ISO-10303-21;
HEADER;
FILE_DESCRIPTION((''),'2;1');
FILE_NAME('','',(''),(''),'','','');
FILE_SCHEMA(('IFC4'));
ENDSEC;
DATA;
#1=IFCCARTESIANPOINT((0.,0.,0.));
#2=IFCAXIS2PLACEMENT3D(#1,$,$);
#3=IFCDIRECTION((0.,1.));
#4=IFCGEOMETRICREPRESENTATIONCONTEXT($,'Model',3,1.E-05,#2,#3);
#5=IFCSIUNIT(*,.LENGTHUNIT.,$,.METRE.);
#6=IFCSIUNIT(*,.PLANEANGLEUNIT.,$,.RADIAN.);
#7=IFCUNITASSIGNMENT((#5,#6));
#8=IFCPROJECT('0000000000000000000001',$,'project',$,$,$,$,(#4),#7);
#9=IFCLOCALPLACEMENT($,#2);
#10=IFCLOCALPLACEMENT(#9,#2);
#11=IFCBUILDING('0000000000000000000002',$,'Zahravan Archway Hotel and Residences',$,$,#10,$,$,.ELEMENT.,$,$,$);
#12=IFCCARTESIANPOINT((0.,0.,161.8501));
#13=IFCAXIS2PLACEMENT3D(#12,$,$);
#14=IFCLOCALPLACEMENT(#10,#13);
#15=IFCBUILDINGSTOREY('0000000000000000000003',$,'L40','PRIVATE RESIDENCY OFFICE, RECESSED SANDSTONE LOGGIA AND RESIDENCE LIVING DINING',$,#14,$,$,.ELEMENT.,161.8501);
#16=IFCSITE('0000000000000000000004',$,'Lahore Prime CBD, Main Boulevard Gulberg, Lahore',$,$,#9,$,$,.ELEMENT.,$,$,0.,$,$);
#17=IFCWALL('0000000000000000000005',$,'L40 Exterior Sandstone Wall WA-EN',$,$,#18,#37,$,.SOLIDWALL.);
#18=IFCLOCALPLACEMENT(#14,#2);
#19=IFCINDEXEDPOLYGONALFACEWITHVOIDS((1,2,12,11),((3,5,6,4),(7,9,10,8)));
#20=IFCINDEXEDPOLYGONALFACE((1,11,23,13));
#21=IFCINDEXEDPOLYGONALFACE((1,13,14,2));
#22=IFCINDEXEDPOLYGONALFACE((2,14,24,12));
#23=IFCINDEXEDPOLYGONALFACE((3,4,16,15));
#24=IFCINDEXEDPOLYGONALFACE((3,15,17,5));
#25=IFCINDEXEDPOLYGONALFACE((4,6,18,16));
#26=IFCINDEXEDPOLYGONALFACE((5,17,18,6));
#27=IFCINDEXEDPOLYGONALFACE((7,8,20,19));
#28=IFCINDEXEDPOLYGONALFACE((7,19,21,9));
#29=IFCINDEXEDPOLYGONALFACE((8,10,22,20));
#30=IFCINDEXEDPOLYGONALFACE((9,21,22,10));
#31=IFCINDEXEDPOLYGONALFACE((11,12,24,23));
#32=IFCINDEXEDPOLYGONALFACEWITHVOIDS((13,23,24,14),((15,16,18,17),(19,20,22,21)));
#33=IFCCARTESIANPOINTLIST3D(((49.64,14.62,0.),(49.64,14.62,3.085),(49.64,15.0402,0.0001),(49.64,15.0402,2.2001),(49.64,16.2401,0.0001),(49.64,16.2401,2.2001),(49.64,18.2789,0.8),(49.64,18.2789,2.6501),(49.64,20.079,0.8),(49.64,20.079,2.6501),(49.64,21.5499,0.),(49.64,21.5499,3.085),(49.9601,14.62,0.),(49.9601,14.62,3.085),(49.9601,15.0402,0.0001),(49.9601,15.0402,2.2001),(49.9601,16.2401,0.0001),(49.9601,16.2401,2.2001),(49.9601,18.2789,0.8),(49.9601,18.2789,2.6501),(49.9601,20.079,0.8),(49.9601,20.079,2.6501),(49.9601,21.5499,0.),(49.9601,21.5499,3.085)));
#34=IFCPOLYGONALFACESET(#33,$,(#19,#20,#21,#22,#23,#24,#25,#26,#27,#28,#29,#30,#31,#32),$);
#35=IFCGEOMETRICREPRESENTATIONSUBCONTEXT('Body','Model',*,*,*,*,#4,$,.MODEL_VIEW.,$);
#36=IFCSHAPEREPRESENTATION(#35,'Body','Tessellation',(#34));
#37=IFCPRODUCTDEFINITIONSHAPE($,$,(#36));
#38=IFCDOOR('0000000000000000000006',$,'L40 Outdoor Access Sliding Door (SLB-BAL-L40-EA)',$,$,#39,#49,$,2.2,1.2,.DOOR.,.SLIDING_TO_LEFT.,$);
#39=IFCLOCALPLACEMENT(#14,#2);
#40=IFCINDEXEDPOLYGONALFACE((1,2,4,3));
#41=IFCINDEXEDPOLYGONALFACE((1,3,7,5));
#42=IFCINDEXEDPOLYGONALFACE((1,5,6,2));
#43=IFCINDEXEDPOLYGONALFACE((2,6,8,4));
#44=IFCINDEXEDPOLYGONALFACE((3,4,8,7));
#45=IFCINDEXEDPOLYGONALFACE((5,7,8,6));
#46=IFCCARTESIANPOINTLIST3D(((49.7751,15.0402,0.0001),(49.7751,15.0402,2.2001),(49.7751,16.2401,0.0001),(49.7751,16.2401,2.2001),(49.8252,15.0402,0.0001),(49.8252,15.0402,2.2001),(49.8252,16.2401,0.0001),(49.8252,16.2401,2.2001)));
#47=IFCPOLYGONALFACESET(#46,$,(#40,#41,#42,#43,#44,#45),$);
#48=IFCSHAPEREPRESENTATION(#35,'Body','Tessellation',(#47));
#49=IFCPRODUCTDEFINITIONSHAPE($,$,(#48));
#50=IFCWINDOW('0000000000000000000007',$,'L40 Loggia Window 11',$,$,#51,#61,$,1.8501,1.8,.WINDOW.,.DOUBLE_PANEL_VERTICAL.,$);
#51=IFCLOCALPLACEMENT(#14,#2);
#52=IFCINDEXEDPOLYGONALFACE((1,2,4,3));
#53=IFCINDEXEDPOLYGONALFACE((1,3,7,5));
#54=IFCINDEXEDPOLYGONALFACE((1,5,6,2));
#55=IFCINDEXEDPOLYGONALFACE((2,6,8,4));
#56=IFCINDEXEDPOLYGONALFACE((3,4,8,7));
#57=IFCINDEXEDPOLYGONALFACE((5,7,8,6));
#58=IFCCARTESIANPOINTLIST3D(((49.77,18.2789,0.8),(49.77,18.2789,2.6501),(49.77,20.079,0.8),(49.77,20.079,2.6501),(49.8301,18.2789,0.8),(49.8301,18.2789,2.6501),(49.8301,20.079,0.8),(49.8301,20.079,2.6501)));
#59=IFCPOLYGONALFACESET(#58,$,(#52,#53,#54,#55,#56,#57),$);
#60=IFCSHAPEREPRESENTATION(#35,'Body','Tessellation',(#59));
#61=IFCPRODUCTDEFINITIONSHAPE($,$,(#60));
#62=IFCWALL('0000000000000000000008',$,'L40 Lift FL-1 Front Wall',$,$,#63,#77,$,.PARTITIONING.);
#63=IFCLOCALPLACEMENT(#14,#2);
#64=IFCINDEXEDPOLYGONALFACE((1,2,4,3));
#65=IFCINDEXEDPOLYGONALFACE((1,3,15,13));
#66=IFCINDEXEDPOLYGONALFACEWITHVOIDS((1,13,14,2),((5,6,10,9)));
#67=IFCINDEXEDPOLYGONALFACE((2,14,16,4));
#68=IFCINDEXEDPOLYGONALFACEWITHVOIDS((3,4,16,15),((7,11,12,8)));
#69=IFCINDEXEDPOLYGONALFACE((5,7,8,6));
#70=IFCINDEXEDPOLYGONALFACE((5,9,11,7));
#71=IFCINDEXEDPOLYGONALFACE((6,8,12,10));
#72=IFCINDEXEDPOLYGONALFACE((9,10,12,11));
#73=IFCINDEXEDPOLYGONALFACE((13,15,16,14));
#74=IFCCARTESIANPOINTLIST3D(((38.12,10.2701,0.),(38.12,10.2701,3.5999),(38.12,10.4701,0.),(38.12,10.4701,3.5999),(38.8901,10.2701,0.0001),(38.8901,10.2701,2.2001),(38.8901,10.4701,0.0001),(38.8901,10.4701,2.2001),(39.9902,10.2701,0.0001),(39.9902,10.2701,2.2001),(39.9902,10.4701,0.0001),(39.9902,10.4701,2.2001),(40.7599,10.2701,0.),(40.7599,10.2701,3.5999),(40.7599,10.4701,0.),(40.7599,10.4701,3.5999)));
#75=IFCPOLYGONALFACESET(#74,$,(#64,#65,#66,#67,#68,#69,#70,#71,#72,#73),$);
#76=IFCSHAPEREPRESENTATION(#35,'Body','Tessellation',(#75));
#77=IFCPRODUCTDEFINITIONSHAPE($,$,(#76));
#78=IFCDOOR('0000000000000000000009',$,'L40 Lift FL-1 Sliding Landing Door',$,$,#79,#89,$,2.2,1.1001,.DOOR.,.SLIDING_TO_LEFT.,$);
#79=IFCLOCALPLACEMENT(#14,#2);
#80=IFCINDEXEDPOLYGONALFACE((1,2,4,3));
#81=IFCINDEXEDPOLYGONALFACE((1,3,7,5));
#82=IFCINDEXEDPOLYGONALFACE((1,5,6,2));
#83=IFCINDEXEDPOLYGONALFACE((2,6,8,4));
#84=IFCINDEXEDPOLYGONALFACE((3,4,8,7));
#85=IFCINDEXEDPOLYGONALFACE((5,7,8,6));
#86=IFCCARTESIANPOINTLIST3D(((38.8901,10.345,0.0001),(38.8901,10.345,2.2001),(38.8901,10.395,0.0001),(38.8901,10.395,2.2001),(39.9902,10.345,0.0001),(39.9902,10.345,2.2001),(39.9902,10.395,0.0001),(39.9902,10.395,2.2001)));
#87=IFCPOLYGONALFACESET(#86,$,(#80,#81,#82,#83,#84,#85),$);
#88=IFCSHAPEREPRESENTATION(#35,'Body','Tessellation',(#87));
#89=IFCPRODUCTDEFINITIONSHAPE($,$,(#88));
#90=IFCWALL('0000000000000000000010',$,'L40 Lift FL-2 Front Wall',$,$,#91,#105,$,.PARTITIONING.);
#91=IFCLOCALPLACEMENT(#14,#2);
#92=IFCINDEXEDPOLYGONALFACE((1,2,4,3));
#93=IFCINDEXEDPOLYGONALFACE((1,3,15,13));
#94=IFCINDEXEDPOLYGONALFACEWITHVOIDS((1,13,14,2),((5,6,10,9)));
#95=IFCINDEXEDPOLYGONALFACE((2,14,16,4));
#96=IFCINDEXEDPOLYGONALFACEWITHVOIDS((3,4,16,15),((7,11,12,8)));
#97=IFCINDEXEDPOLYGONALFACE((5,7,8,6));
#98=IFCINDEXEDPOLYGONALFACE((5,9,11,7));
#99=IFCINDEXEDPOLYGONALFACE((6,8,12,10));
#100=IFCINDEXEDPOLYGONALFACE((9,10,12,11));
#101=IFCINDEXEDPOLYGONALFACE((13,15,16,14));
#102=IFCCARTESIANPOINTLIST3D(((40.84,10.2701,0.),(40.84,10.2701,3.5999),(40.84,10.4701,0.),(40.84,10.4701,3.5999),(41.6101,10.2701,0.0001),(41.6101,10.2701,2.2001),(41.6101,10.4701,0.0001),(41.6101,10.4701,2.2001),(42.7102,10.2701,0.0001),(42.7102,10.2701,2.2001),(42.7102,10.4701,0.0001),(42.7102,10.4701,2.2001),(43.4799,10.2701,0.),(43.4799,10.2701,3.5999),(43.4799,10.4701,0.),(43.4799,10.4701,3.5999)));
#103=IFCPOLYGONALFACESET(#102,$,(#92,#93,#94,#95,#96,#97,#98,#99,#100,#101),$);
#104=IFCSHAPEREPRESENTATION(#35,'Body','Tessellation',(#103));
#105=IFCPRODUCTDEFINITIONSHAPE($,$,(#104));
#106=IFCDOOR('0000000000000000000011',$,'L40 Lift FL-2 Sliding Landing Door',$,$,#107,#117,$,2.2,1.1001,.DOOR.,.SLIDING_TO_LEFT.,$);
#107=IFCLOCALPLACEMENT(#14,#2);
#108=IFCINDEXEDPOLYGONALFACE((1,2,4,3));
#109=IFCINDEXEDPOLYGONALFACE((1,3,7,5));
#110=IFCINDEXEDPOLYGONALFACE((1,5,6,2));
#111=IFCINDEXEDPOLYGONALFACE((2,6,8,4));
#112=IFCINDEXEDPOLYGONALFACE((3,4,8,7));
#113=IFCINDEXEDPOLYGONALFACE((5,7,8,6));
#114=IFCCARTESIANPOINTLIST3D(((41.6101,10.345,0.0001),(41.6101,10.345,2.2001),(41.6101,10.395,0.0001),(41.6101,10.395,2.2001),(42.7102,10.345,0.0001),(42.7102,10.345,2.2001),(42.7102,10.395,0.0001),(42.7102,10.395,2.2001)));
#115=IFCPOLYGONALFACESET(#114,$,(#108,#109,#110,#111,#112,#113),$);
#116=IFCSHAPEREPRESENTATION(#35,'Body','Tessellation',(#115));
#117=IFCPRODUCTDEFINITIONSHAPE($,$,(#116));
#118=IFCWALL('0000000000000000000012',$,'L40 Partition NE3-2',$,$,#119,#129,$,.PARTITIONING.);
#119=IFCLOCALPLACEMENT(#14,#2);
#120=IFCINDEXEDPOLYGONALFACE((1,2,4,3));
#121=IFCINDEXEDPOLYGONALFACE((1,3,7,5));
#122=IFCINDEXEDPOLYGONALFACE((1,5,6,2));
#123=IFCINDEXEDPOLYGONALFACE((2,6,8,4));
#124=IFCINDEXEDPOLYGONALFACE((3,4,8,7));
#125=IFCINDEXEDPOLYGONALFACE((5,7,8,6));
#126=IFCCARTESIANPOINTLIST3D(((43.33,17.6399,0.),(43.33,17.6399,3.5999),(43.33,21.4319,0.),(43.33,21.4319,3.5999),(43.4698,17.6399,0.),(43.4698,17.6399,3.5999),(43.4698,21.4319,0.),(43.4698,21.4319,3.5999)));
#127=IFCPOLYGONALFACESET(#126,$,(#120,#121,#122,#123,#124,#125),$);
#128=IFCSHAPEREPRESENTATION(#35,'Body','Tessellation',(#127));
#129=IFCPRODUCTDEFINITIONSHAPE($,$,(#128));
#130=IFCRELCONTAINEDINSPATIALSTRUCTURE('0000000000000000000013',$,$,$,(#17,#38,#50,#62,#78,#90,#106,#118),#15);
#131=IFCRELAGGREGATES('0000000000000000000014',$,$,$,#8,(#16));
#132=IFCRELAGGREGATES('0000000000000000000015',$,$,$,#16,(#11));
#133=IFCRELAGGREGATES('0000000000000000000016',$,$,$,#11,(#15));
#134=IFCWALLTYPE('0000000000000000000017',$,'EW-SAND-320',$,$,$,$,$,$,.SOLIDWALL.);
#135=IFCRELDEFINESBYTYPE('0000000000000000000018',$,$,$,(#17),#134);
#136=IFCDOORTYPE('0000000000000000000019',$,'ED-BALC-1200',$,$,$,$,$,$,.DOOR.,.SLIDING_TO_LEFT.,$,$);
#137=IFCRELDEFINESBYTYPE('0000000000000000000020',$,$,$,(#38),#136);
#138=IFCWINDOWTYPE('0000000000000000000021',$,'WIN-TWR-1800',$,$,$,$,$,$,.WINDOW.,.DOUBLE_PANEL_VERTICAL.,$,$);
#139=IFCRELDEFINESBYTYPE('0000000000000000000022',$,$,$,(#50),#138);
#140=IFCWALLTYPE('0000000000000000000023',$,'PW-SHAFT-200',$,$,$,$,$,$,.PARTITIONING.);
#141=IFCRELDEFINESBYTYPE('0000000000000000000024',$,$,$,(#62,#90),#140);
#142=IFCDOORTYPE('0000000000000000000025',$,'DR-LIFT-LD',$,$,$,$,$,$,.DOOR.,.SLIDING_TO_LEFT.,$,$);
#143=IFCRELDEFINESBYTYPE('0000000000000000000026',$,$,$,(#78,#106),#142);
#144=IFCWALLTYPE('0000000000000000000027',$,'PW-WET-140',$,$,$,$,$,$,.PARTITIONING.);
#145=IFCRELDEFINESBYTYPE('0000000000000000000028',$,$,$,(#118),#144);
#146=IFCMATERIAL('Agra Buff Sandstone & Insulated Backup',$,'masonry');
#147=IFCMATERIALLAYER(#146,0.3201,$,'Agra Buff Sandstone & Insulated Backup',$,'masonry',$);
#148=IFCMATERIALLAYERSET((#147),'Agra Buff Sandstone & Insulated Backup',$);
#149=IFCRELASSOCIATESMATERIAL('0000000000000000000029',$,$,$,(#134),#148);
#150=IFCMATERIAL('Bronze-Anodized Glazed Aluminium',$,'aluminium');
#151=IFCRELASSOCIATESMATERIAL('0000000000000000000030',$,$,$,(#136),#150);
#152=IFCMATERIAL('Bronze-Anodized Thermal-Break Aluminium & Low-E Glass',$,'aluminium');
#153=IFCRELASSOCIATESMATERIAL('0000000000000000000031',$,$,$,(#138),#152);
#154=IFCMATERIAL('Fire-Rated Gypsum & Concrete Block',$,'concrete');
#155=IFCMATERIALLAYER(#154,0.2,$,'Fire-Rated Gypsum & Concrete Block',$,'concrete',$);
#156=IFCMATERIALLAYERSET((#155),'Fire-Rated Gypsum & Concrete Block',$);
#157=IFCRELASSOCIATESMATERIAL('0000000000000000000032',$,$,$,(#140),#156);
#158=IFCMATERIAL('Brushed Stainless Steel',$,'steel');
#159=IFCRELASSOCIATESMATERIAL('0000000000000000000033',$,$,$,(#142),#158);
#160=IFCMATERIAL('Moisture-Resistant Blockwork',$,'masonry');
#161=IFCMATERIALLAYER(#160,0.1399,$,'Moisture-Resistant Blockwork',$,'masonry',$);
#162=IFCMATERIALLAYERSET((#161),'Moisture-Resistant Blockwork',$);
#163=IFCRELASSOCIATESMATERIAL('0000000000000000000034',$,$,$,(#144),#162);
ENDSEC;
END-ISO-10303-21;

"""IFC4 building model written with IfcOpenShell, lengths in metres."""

from ifc_helpers import new_model, si_unit, direction, frame, frame_2d, origin, place, context, subcontext, project, spatial, rectangle, extrude, source, transform, mapped, material, layer, layer_set, type_object, type_shapes, element, fill, save


model = new_model("IFC4")

# Units and contexts
model_context = context("Model", 3, precision=1e-05, world=origin(), true_north=direction((0.0, 1.0)))
body_context = subcontext(model_context, "Body", "Model", "MODEL_VIEW")
ifc_project = project(units=[si_unit("LENGTHUNIT", "METRE"), si_unit("PLANEANGLEUNIT", "RADIAN")], contexts=[model_context])

# Site, building, storey
site_placement = place(None, origin())
site = spatial("IfcSite", under=ifc_project, at=site_placement, Name="Lahore Prime CBD, Main Boulevard Gulberg, Lahore", CompositionType="ELEMENT", RefElevation=0.0)
building_placement = place(site_placement, origin())
building = spatial("IfcBuilding", under=site, at=building_placement, Name="Zahravan Archway Hotel and Residences", CompositionType="ELEMENT")
storey_placement = place(building_placement, frame((0.0, 0.0, 161.8501)))
storey = spatial("IfcBuildingStorey", under=building, at=storey_placement, Name="L40", Description="PRIVATE RESIDENCY OFFICE, RECESSED SANDSTONE LOGGIA AND RESIDENCE LIVING DINING", CompositionType="ELEMENT", Elevation=161.8501)

# Wall, openings, door, window
ifc_material_1 = material(Name="Agra Buff Sandstone & Insulated Backup", Category="masonry")
ifc_layer_1 = layer(ifc_material_1, 0.3201, Name="Agra Buff Sandstone & Insulated Backup", Category="masonry")
ifc_layer_set_1 = layer_set([ifc_layer_1], Name="Agra Buff Sandstone & Insulated Backup")
wall_type_1 = type_object("IfcWallType", Name="EW-SAND-320", PredefinedType="SOLIDWALL", material=ifc_layer_set_1)
wall_1_placement = place(storey_placement, frame((49.8, 14.6201, 0.0), z_axis=(0.0, 0.0, 1.0), x_axis=(0.0, 1.0, 0.0)))
wall_1 = element("IfcWall", 1, at=wall_1_placement, inside=storey, type_object=wall_type_1, Name="L40 Exterior Sandstone Wall WA-EN", PredefinedType="SOLIDWALL", context=body_context, shape_type="SweptSolid", body=[
    extrude(rectangle(XDim=6.9299, YDim=0.3201, at=frame_2d((3.4648, 0.0))), origin(), (0.0, 0.0, 1.0), 3.085),
])
opening_1_placement = place(wall_1_placement, frame((0.4199, 0.0, 0.0)))
opening_1 = element("IfcOpeningElement", 2, at=opening_1_placement, cuts=wall_1, PredefinedType="OPENING", context=body_context, shape_type="SweptSolid", body=[
    extrude(rectangle(XDim=1.2, YDim=2.2, at=frame_2d((0.6001, 1.1001))), frame((0.0, 0.1699, 0.0), z_axis=(0.0, -1.0, 0.0), x_axis=(1.0, 0.0, 0.0)), (0.0, 0.0, 1.0), 0.3401),
])
opening_2_placement = place(wall_1_placement, frame((3.6589, 0.0, 0.8)))
opening_2 = element("IfcOpeningElement", 3, at=opening_2_placement, cuts=wall_1, PredefinedType="OPENING", context=body_context, shape_type="SweptSolid", body=[
    extrude(rectangle(XDim=1.8, YDim=1.8501, at=frame_2d((0.8999, 0.925))), frame((0.0, 0.1699, 0.0), z_axis=(0.0, -1.0, 0.0), x_axis=(1.0, 0.0, 0.0)), (0.0, 0.0, 1.0), 0.3401),
])
ifc_material_2 = material(Name="Bronze-Anodized Glazed Aluminium", Category="aluminium")
door_type_1 = type_object("IfcDoorType", Name="ED-BALC-1200", OperationType="SLIDING_TO_LEFT", PredefinedType="DOOR", material=ifc_material_2)
shared_shape_1 = source(origin(), body_context, "Body", "SweptSolid", [
    extrude(rectangle(XDim=1.2, YDim=2.2, at=frame_2d((0.6001, 1.1001))), frame((0.0, 0.0249, 0.0), z_axis=(0.0, -1.0, 0.0), x_axis=(1.0, 0.0, 0.0)), (0.0, 0.0, 1.0), 0.05),
])
type_shapes(door_type_1, [shared_shape_1])
door_1_placement = place(opening_1_placement, origin())
door_1 = element("IfcDoor", 4, at=door_1_placement, inside=storey, type_object=door_type_1, Name="L40 Outdoor Access Sliding Door (SLB-BAL-L40-EA)", OperationType="SLIDING_TO_LEFT", OverallHeight=2.2, OverallWidth=1.2, PredefinedType="DOOR", context=body_context, shape_type="MappedRepresentation", body=[
    mapped(shared_shape_1, transform((0.0, 0.0, 0.0), scale=1.0)),
])
fill(opening_1, door_1)
ifc_material_3 = material(Name="Bronze-Anodized Thermal-Break Aluminium & Low-E Glass", Category="aluminium")
window_type = type_object("IfcWindowType", Name="WIN-TWR-1800", PartitioningType="DOUBLE_PANEL_VERTICAL", PredefinedType="WINDOW", material=ifc_material_3)
shared_shape_2 = source(origin(), body_context, "Body", "SweptSolid", [
    extrude(rectangle(XDim=1.8, YDim=1.8501, at=frame_2d((0.8999, 0.925))), frame((0.0, 0.03, 0.0), z_axis=(0.0, -1.0, 0.0), x_axis=(1.0, 0.0, 0.0)), (0.0, 0.0, 1.0), 0.0601),
])
type_shapes(window_type, [shared_shape_2])
window_placement = place(opening_2_placement, origin())
window = element("IfcWindow", 5, at=window_placement, inside=storey, type_object=window_type, Name="L40 Loggia Window 11", OverallHeight=1.8501, OverallWidth=1.8, PartitioningType="DOUBLE_PANEL_VERTICAL", PredefinedType="WINDOW", context=body_context, shape_type="MappedRepresentation", body=[
    mapped(shared_shape_2, transform((0.0, 0.0, 0.0), scale=1.0)),
])
fill(opening_2, window)

# Walls, openings, doors
ifc_material_4 = material(Name="Fire-Rated Gypsum & Concrete Block", Category="concrete")
ifc_layer_2 = layer(ifc_material_4, 0.2, Name="Fire-Rated Gypsum & Concrete Block", Category="concrete")
ifc_layer_set_2 = layer_set([ifc_layer_2], Name="Fire-Rated Gypsum & Concrete Block")
wall_type_2 = type_object("IfcWallType", Name="PW-SHAFT-200", PredefinedType="PARTITIONING", material=ifc_layer_set_2)
wall_2_placement = place(storey_placement, frame((38.1201, 10.3701, 0.0), z_axis=(0.0, 0.0, 1.0), x_axis=(1.0, 0.0, 0.0)))
wall_2 = element("IfcWall", 6, at=wall_2_placement, inside=storey, type_object=wall_type_2, Name="L40 Lift FL-1 Front Wall", PredefinedType="PARTITIONING", context=body_context, shape_type="SweptSolid", body=[
    extrude(rectangle(XDim=2.6399, YDim=0.2, at=frame_2d((1.3198, 0.0))), origin(), (0.0, 0.0, 1.0), 3.5999),
])
opening_3_placement = place(wall_2_placement, frame((0.77, 0.0, 0.0)))
opening_3 = element("IfcOpeningElement", 7, at=opening_3_placement, cuts=wall_2, PredefinedType="OPENING", context=body_context, shape_type="SweptSolid", body=[
    extrude(rectangle(XDim=1.1001, YDim=2.2, at=frame_2d((0.55, 1.1001))), frame((0.0, 0.1099, 0.0), z_axis=(0.0, -1.0, 0.0), x_axis=(1.0, 0.0, 0.0)), (0.0, 0.0, 1.0), 0.22),
])
ifc_material_5 = material(Name="Brushed Stainless Steel", Category="steel")
door_type_2 = type_object("IfcDoorType", Name="DR-LIFT-LD", OperationType="SLIDING_TO_LEFT", PredefinedType="DOOR", material=ifc_material_5)
shared_shape_3 = source(origin(), body_context, "Body", "SweptSolid", [
    extrude(rectangle(XDim=1.1001, YDim=2.2, at=frame_2d((0.55, 1.1001))), frame((0.0, 0.0249, 0.0), z_axis=(0.0, -1.0, 0.0), x_axis=(1.0, 0.0, 0.0)), (0.0, 0.0, 1.0), 0.05),
])
type_shapes(door_type_2, [shared_shape_3])
door_2_placement = place(opening_3_placement, origin())
door_2 = element("IfcDoor", 8, at=door_2_placement, inside=storey, type_object=door_type_2, Name="L40 Lift FL-1 Sliding Landing Door", OperationType="SLIDING_TO_LEFT", OverallHeight=2.2, OverallWidth=1.1001, PredefinedType="DOOR", context=body_context, shape_type="MappedRepresentation", body=[
    mapped(shared_shape_3, transform((0.0, 0.0, 0.0), scale=1.0)),
])
fill(opening_3, door_2)
wall_3_placement = place(storey_placement, frame((40.8401, 10.3701, 0.0), z_axis=(0.0, 0.0, 1.0), x_axis=(1.0, 0.0, 0.0)))
wall_3 = element("IfcWall", 9, at=wall_3_placement, inside=storey, type_object=wall_type_2, Name="L40 Lift FL-2 Front Wall", PredefinedType="PARTITIONING", context=body_context, shape_type="SweptSolid", body=[
    extrude(rectangle(XDim=2.6399, YDim=0.2, at=frame_2d((1.3198, 0.0))), origin(), (0.0, 0.0, 1.0), 3.5999),
])
opening_4_placement = place(wall_3_placement, frame((0.77, 0.0, 0.0)))
opening_4 = element("IfcOpeningElement", 10, at=opening_4_placement, cuts=wall_3, PredefinedType="OPENING", context=body_context, shape_type="SweptSolid", body=[
    extrude(rectangle(XDim=1.1001, YDim=2.2, at=frame_2d((0.55, 1.1001))), frame((0.0, 0.1099, 0.0), z_axis=(0.0, -1.0, 0.0), x_axis=(1.0, 0.0, 0.0)), (0.0, 0.0, 1.0), 0.22),
])
door_3_placement = place(opening_4_placement, origin())
door_3 = element("IfcDoor", 11, at=door_3_placement, inside=storey, type_object=door_type_2, Name="L40 Lift FL-2 Sliding Landing Door", OperationType="SLIDING_TO_LEFT", OverallHeight=2.2, OverallWidth=1.1001, PredefinedType="DOOR", context=body_context, shape_type="MappedRepresentation", body=[
    mapped(shared_shape_3, transform((0.0, 0.0, 0.0), scale=1.0)),
])
fill(opening_4, door_3)

# Wall
ifc_material_6 = material(Name="Moisture-Resistant Blockwork", Category="masonry")
ifc_layer_3 = layer(ifc_material_6, 0.1399, Name="Moisture-Resistant Blockwork", Category="masonry")
ifc_layer_set_3 = layer_set([ifc_layer_3], Name="Moisture-Resistant Blockwork")
wall_type_3 = type_object("IfcWallType", Name="PW-WET-140", PredefinedType="PARTITIONING", material=ifc_layer_set_3)
wall_4_placement = place(storey_placement, frame((43.3999, 17.6399, 0.0), z_axis=(0.0, 0.0, 1.0), x_axis=(0.0, 1.0, 0.0)))
element("IfcWall", 12, at=wall_4_placement, inside=storey, type_object=wall_type_3, Name="L40 Partition NE3-2", PredefinedType="PARTITIONING", context=body_context, shape_type="SweptSolid", body=[
    extrude(rectangle(XDim=3.792, YDim=0.1399, at=frame_2d((1.896, 0.0))), origin(), (0.0, 0.0, 1.0), 3.5999),
])

save(model, "model.ifc")
